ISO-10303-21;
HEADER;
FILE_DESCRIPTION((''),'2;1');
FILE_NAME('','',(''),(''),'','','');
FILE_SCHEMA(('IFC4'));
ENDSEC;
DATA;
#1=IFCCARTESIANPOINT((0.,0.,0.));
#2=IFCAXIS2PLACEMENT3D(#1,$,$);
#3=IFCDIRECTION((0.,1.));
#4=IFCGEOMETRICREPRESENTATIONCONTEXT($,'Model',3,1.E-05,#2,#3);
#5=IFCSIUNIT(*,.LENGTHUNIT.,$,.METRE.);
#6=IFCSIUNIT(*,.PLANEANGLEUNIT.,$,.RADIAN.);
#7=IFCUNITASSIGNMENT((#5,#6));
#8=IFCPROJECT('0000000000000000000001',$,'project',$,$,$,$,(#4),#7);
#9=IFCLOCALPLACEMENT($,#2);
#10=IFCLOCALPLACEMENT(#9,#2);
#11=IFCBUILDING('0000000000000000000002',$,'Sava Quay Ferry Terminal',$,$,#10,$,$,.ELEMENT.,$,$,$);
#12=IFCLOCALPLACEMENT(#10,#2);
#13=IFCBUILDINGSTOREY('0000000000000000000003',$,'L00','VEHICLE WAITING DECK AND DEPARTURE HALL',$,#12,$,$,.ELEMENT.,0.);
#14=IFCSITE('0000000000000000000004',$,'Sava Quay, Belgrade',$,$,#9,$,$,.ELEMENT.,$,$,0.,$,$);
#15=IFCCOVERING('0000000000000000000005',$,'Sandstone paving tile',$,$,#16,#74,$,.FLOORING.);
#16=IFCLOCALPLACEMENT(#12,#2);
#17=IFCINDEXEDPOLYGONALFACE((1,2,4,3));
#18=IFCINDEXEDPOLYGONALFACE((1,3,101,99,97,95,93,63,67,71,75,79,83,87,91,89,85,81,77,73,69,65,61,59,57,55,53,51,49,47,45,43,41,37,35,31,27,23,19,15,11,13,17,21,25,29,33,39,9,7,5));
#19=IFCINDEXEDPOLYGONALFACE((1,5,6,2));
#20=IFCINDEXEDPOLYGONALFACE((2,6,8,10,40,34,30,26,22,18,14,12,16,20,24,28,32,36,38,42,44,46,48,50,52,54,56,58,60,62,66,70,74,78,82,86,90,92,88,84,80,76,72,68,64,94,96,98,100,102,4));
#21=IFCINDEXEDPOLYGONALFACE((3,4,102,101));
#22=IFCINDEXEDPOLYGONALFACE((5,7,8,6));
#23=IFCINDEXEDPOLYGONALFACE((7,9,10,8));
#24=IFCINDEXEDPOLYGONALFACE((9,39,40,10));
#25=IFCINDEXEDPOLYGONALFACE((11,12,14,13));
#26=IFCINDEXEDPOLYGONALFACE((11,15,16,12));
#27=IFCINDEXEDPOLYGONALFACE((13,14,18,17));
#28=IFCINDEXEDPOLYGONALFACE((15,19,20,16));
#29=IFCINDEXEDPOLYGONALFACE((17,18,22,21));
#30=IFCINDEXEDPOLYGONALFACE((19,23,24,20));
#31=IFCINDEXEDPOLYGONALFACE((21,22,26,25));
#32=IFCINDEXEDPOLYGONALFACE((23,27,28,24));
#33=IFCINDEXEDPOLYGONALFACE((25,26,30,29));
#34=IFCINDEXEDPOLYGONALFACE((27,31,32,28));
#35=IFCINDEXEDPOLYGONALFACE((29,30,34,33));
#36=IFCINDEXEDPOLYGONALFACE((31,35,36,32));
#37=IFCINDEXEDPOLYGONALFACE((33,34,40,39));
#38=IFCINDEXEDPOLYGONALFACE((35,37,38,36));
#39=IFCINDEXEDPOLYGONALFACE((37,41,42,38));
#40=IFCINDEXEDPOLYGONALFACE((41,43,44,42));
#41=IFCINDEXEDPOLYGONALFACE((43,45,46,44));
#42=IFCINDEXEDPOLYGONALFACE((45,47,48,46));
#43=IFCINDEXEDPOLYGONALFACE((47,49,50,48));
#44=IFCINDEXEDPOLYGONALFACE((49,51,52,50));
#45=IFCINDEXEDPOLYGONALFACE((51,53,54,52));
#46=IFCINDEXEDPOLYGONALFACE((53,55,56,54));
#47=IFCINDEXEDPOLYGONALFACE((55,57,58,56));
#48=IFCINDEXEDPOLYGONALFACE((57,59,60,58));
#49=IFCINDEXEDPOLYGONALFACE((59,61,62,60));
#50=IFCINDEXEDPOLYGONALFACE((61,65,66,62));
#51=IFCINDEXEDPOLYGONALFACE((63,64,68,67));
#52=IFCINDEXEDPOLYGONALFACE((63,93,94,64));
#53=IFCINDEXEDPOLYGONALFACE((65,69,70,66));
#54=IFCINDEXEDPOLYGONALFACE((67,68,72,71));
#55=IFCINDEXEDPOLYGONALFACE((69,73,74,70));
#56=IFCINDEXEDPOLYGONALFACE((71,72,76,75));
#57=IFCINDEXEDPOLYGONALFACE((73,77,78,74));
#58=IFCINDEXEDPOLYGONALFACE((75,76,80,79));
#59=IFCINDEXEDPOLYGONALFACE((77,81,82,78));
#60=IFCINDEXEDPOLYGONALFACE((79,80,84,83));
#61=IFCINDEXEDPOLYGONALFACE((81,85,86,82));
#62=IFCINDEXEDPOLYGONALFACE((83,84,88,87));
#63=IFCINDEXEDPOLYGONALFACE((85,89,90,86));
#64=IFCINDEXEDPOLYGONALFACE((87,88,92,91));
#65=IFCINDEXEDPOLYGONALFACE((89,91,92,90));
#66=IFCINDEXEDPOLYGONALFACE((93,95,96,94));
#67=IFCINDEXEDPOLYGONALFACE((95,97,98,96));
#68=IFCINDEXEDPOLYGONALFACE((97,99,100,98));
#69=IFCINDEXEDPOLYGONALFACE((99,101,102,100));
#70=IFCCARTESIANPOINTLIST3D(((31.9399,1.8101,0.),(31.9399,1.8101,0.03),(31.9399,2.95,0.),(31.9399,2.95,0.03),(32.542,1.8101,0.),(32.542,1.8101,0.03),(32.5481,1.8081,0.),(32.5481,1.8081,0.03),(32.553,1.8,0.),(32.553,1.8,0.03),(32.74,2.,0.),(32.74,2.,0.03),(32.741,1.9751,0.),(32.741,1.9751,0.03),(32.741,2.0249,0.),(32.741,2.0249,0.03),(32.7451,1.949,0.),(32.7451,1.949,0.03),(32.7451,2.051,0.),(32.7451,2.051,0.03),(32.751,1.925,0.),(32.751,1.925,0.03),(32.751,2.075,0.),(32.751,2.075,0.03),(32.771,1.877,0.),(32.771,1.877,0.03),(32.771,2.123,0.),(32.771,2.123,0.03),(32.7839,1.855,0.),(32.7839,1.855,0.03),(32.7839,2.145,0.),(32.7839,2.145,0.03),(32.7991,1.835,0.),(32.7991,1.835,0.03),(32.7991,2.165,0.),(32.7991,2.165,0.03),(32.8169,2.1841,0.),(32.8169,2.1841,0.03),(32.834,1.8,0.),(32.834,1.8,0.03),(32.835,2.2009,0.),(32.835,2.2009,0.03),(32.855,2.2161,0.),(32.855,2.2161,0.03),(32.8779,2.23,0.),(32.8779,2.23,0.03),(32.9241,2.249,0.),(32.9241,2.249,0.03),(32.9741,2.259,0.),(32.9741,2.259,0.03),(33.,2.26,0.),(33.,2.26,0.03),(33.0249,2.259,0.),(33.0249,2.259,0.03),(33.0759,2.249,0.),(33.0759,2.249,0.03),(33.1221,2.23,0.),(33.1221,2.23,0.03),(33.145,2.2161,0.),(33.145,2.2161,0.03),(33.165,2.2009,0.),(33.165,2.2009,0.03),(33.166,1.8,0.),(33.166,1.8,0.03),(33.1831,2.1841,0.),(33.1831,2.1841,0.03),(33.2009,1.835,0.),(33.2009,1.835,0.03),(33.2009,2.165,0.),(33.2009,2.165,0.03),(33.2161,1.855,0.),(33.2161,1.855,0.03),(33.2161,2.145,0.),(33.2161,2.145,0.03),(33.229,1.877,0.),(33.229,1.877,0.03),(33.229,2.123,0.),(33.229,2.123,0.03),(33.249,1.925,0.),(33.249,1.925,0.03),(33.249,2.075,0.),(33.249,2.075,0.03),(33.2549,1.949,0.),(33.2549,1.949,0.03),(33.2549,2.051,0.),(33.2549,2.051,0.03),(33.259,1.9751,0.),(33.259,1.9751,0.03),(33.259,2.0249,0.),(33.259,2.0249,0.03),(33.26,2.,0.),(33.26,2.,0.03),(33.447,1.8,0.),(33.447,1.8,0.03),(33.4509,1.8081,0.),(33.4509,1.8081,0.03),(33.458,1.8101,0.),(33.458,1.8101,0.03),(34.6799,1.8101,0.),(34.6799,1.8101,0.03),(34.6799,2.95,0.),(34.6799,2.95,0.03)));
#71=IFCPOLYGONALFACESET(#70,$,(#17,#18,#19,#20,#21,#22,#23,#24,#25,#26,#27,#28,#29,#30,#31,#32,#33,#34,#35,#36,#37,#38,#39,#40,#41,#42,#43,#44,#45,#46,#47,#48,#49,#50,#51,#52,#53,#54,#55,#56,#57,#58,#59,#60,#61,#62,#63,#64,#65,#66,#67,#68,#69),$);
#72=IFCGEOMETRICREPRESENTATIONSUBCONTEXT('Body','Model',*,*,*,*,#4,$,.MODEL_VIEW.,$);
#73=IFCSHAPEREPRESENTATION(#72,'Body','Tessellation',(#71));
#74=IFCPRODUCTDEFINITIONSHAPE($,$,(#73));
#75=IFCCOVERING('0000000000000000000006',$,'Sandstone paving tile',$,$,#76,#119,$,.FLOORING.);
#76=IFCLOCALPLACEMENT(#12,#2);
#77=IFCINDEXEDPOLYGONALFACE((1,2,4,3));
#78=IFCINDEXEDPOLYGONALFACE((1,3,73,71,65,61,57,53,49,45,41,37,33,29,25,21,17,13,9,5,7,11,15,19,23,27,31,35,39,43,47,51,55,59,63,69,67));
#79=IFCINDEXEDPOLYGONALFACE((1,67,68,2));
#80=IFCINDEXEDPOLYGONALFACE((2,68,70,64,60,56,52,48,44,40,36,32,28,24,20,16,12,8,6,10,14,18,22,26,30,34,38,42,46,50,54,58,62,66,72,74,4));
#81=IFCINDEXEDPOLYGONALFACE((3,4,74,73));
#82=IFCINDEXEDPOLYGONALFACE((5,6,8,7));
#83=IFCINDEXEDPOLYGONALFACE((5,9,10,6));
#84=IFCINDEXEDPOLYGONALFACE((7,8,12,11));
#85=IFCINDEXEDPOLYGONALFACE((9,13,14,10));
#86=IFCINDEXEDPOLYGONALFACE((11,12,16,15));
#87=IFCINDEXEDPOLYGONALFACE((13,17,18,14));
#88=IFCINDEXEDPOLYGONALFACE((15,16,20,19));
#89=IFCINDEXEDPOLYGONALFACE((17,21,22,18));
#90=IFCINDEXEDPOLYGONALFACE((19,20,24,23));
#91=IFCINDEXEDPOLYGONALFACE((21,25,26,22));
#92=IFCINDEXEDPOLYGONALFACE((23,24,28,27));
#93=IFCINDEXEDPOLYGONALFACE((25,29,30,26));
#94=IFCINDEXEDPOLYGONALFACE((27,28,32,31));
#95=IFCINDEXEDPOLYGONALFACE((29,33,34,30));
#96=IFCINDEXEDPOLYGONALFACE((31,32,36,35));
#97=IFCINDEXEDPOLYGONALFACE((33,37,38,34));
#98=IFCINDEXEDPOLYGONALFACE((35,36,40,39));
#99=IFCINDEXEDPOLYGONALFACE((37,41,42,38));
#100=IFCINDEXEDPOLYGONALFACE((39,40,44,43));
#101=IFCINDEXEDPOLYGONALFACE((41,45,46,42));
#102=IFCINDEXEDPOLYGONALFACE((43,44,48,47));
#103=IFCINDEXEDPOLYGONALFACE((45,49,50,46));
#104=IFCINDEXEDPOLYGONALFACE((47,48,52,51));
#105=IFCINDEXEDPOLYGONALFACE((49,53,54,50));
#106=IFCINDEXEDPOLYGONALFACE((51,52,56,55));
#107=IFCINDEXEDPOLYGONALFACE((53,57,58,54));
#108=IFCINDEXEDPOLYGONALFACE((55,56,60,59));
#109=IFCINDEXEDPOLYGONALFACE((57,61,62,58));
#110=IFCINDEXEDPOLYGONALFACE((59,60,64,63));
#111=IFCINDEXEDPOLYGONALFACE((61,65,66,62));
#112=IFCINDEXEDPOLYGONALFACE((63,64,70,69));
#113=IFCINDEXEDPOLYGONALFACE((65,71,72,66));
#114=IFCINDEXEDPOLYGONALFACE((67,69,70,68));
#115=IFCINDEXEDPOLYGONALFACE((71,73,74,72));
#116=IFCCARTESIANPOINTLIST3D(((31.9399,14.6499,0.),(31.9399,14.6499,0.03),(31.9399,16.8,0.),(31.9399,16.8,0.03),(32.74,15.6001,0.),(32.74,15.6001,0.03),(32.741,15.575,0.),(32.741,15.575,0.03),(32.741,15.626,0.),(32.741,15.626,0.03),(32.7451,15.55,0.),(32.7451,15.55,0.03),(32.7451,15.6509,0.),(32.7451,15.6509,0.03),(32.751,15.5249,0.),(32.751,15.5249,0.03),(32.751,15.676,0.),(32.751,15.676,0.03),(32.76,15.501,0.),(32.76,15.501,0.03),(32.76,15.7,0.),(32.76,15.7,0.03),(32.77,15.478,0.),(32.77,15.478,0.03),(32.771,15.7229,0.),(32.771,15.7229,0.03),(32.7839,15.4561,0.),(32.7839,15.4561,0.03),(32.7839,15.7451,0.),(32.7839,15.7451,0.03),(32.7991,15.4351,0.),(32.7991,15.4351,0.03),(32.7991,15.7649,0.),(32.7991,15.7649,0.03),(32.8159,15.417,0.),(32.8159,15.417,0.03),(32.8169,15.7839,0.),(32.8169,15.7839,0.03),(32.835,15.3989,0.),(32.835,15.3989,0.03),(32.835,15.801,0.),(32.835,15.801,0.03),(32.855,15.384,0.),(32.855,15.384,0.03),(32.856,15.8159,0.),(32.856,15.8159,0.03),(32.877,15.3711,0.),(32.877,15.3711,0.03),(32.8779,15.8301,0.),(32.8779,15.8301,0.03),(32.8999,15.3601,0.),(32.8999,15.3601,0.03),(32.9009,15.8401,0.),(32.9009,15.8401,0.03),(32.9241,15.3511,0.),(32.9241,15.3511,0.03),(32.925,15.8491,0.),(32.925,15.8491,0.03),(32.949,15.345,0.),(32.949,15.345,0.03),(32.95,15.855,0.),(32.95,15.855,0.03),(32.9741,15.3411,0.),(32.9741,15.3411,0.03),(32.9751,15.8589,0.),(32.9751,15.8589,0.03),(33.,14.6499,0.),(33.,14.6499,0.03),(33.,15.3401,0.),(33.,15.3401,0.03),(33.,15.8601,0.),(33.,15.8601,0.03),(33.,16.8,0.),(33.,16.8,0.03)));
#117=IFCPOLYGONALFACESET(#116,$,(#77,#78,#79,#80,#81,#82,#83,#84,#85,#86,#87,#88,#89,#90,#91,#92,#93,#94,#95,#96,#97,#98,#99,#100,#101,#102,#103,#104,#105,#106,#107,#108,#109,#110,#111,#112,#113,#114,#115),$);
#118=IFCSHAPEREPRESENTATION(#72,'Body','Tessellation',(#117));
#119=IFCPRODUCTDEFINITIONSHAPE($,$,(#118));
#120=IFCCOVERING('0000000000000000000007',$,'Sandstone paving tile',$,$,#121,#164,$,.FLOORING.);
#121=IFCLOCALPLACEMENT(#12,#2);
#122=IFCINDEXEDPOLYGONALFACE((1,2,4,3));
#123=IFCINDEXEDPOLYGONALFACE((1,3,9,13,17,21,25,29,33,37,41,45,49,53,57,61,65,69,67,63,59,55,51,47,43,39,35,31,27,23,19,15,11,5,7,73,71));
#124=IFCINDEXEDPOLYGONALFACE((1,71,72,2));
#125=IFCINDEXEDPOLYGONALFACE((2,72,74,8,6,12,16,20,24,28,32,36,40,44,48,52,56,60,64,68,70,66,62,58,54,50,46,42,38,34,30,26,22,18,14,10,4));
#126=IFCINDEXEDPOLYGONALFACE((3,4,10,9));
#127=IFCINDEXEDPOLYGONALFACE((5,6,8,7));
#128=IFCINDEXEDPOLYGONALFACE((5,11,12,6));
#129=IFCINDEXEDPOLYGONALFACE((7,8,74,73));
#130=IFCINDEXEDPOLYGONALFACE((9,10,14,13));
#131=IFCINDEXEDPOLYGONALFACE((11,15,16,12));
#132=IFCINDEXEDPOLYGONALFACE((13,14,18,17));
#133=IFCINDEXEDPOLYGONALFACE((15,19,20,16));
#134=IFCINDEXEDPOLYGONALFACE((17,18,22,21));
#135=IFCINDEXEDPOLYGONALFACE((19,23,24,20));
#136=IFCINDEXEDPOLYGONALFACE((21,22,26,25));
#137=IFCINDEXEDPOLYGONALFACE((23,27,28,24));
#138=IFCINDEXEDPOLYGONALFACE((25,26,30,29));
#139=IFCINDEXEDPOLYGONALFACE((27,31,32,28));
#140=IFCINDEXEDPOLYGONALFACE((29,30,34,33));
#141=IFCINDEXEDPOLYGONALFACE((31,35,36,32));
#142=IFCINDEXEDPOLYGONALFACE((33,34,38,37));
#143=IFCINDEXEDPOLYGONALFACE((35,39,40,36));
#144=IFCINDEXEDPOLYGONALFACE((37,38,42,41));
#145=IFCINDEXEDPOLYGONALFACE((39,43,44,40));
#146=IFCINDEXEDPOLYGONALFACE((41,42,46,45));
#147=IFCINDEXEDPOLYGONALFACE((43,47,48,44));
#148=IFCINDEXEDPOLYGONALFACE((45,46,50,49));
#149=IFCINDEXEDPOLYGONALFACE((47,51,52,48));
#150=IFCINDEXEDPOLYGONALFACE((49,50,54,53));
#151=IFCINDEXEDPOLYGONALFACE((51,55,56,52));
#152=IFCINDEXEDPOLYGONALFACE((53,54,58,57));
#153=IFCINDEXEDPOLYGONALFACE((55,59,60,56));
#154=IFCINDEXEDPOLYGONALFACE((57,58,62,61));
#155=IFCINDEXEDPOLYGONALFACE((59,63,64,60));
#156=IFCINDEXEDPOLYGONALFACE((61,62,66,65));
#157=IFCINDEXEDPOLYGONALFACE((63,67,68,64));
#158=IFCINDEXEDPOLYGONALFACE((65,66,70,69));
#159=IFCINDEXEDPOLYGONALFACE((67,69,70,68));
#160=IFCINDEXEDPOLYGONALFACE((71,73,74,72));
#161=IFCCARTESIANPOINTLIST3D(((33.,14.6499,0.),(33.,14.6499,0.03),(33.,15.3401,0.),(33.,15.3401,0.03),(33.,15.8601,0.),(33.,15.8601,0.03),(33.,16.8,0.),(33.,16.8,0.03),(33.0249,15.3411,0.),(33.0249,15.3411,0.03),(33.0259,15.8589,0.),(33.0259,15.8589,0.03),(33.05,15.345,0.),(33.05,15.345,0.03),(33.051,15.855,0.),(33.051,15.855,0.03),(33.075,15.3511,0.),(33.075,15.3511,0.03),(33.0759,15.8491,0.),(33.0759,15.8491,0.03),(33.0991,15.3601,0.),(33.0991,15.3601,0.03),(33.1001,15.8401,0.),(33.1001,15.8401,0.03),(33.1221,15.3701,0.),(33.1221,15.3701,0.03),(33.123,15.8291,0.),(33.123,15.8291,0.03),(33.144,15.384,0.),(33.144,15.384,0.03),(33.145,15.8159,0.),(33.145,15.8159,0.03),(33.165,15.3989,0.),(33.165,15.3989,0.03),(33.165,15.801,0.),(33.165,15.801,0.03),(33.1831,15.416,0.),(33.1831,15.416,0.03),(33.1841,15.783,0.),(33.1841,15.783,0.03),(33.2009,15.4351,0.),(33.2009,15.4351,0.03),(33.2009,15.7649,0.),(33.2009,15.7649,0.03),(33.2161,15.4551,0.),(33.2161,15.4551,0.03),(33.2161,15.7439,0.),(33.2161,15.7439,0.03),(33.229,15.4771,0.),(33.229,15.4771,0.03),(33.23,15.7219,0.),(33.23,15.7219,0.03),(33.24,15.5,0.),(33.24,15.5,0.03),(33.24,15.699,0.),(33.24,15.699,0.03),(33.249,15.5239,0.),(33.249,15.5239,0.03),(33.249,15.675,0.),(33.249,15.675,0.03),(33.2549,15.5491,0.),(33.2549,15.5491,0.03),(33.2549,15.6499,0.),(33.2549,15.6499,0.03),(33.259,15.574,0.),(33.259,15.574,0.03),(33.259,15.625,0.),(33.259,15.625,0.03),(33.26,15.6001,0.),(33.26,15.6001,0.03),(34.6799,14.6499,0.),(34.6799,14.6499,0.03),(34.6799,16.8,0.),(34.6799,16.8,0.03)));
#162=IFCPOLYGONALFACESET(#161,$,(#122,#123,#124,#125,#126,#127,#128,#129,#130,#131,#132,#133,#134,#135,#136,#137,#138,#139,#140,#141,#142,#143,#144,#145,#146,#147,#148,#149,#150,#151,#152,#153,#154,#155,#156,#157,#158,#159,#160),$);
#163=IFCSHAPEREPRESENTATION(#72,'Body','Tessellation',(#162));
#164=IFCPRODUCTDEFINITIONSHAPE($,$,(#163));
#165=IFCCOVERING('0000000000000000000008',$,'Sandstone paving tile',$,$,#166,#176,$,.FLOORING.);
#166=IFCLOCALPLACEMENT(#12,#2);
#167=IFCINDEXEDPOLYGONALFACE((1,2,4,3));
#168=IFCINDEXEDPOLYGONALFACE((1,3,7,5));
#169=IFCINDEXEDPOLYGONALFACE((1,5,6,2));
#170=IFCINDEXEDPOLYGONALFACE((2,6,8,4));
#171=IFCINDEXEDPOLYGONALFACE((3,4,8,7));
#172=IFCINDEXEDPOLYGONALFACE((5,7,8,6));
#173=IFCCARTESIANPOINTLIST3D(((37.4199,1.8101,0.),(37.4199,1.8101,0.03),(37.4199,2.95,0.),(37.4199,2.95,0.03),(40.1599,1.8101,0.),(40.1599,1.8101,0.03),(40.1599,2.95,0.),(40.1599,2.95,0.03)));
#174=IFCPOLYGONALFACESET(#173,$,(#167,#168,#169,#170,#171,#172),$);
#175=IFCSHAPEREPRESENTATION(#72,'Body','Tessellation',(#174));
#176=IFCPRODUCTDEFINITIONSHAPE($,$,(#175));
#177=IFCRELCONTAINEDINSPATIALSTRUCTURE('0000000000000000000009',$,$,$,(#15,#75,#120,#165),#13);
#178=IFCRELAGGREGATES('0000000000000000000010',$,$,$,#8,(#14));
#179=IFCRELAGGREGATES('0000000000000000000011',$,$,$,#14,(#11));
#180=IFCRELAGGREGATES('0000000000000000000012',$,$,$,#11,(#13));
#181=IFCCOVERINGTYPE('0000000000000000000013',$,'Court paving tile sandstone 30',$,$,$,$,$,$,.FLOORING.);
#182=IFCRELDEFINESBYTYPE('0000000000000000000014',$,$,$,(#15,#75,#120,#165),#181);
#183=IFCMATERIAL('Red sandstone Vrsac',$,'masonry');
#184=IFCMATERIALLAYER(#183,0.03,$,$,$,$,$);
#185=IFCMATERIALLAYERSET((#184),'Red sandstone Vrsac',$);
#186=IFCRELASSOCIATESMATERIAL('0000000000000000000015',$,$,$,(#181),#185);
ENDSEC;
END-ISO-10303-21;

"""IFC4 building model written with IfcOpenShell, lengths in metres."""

from ifc_helpers import new_model, si_unit, direction, origin, place, context, subcontext, project, spatial, polyline, outline, extrude, material, layer, layer_set, type_object, element, save


model = new_model("IFC4")

# Units and contexts
model_context = context("Model", 3, precision=1e-05, world=origin(), true_north=direction((0.0, 1.0)))
body_context = subcontext(model_context, "Body", "Model", "MODEL_VIEW")
ifc_project = project(units=[si_unit("LENGTHUNIT", "METRE"), si_unit("PLANEANGLEUNIT", "RADIAN")], contexts=[model_context])

# Site, building, storey
site_placement = place(None, origin())
site = spatial("IfcSite", under=ifc_project, at=site_placement, Name="Sava Quay, Belgrade", CompositionType="ELEMENT", RefElevation=0.0)
building_placement = place(site_placement, origin())
building = spatial("IfcBuilding", under=site, at=building_placement, Name="Sava Quay Ferry Terminal", CompositionType="ELEMENT")
storey_placement = place(building_placement, origin())
storey = spatial("IfcBuildingStorey", under=building, at=storey_placement, Name="L00", Description="VEHICLE WAITING DECK AND DEPARTURE HALL", CompositionType="ELEMENT", Elevation=0.0)

# Coverings
ifc_material_1 = material(Name="Red sandstone Vrsac", Category="masonry")
ifc_layer_1 = layer(ifc_material_1, 0.03)
ifc_layer_set_1 = layer_set([ifc_layer_1], Name="Red sandstone Vrsac")
covering_type_1 = type_object("IfcCoveringType", Name="Court paving tile sandstone 30", PredefinedType="FLOORING", material=ifc_layer_set_1)
covering_1_placement = place(storey_placement, origin())
element("IfcCovering", 1, at=covering_1_placement, inside=storey, type_object=covering_type_1, Name="Sandstone paving tile", PredefinedType="FLOORING", context=body_context, shape_type="SweptSolid", body=[
    extrude(outline(polyline([(33.458, 1.8101), (34.6799, 1.8101), (34.6799, 2.95), (31.9399, 2.95), (31.9399, 1.8101), (32.542, 1.8101), (32.5481, 1.8081), (32.553, 1.8), (32.834, 1.8), (32.7991, 1.835), (32.7839, 1.855), (32.771, 1.877), (32.751, 1.925), (32.7451, 1.949), (32.741, 1.9751), (32.74, 2.0), (32.741, 2.0249), (32.7451, 2.051), (32.751, 2.075), (32.771, 2.123), (32.7839, 2.145), (32.7991, 2.165), (32.8169, 2.1841), (32.835, 2.2009), (32.855, 2.2161), (32.8779, 2.23), (32.9241, 2.249), (32.9741, 2.259), (33.0, 2.26), (33.0249, 2.259), (33.0759, 2.249), (33.1221, 2.23), (33.145, 2.2161), (33.165, 2.2009), (33.1831, 2.1841), (33.2009, 2.165), (33.2161, 2.145), (33.229, 2.123), (33.249, 2.075), (33.2549, 2.051), (33.259, 2.0249), (33.26, 2.0), (33.259, 1.9751), (33.2549, 1.949), (33.249, 1.925), (33.229, 1.877), (33.2161, 1.855), (33.2009, 1.835), (33.166, 1.8), (33.447, 1.8), (33.4509, 1.8081), (33.458, 1.8101)])), origin(), (0.0, 0.0, 1.0), 0.03),
])
covering_2_placement = place(storey_placement, origin())
element("IfcCovering", 2, at=covering_2_placement, inside=storey, type_object=covering_type_1, Name="Sandstone paving tile", PredefinedType="FLOORING", context=body_context, shape_type="SweptSolid", body=[
    extrude(outline(polyline([(33.0, 15.8601), (33.0, 16.8), (31.9399, 16.8), (31.9399, 14.6499), (33.0, 14.6499), (33.0, 15.3401), (32.9741, 15.3411), (32.949, 15.345), (32.9241, 15.3511), (32.8999, 15.3601), (32.877, 15.3711), (32.855, 15.384), (32.835, 15.3989), (32.8159, 15.417), (32.7991, 15.4351), (32.7839, 15.4561), (32.77, 15.478), (32.76, 15.501), (32.751, 15.5249), (32.7451, 15.55), (32.741, 15.575), (32.74, 15.6001), (32.741, 15.626), (32.7451, 15.6509), (32.751, 15.676), (32.76, 15.7), (32.771, 15.7229), (32.7839, 15.7451), (32.7991, 15.7649), (32.8169, 15.7839), (32.835, 15.801), (32.856, 15.8159), (32.8779, 15.8301), (32.9009, 15.8401), (32.925, 15.8491), (32.95, 15.855), (32.9751, 15.8589), (33.0, 15.8601)])), origin(), (0.0, 0.0, 1.0), 0.03),
])
covering_3_placement = place(storey_placement, origin())
element("IfcCovering", 3, at=covering_3_placement, inside=storey, type_object=covering_type_1, Name="Sandstone paving tile", PredefinedType="FLOORING", context=body_context, shape_type="SweptSolid", body=[
    extrude(outline(polyline([(34.6799, 14.6499), (34.6799, 16.8), (33.0, 16.8), (33.0, 15.8601), (33.0259, 15.8589), (33.051, 15.855), (33.0759, 15.8491), (33.1001, 15.8401), (33.123, 15.8291), (33.145, 15.8159), (33.165, 15.801), (33.1841, 15.783), (33.2009, 15.7649), (33.2161, 15.7439), (33.23, 15.7219), (33.24, 15.699), (33.249, 15.675), (33.2549, 15.6499), (33.259, 15.625), (33.26, 15.6001), (33.259, 15.574), (33.2549, 15.5491), (33.249, 15.5239), (33.24, 15.5), (33.229, 15.4771), (33.2161, 15.4551), (33.2009, 15.4351), (33.1831, 15.416), (33.165, 15.3989), (33.144, 15.384), (33.1221, 15.3701), (33.0991, 15.3601), (33.075, 15.3511), (33.05, 15.345), (33.0249, 15.3411), (33.0, 15.3401), (33.0, 14.6499), (34.6799, 14.6499)])), origin(), (0.0, 0.0, 1.0), 0.03),
])
covering_4_placement = place(storey_placement, origin())
element("IfcCovering", 4, at=covering_4_placement, inside=storey, type_object=covering_type_1, Name="Sandstone paving tile", PredefinedType="FLOORING", context=body_context, shape_type="SweptSolid", body=[
    extrude(outline(polyline([(37.4199, 1.8101), (40.1599, 1.8101), (40.1599, 2.95), (37.4199, 2.95), (37.4199, 1.8101)])), origin(), (0.0, 0.0, 1.0), 0.03),
])

save(model, "model.ifc")
